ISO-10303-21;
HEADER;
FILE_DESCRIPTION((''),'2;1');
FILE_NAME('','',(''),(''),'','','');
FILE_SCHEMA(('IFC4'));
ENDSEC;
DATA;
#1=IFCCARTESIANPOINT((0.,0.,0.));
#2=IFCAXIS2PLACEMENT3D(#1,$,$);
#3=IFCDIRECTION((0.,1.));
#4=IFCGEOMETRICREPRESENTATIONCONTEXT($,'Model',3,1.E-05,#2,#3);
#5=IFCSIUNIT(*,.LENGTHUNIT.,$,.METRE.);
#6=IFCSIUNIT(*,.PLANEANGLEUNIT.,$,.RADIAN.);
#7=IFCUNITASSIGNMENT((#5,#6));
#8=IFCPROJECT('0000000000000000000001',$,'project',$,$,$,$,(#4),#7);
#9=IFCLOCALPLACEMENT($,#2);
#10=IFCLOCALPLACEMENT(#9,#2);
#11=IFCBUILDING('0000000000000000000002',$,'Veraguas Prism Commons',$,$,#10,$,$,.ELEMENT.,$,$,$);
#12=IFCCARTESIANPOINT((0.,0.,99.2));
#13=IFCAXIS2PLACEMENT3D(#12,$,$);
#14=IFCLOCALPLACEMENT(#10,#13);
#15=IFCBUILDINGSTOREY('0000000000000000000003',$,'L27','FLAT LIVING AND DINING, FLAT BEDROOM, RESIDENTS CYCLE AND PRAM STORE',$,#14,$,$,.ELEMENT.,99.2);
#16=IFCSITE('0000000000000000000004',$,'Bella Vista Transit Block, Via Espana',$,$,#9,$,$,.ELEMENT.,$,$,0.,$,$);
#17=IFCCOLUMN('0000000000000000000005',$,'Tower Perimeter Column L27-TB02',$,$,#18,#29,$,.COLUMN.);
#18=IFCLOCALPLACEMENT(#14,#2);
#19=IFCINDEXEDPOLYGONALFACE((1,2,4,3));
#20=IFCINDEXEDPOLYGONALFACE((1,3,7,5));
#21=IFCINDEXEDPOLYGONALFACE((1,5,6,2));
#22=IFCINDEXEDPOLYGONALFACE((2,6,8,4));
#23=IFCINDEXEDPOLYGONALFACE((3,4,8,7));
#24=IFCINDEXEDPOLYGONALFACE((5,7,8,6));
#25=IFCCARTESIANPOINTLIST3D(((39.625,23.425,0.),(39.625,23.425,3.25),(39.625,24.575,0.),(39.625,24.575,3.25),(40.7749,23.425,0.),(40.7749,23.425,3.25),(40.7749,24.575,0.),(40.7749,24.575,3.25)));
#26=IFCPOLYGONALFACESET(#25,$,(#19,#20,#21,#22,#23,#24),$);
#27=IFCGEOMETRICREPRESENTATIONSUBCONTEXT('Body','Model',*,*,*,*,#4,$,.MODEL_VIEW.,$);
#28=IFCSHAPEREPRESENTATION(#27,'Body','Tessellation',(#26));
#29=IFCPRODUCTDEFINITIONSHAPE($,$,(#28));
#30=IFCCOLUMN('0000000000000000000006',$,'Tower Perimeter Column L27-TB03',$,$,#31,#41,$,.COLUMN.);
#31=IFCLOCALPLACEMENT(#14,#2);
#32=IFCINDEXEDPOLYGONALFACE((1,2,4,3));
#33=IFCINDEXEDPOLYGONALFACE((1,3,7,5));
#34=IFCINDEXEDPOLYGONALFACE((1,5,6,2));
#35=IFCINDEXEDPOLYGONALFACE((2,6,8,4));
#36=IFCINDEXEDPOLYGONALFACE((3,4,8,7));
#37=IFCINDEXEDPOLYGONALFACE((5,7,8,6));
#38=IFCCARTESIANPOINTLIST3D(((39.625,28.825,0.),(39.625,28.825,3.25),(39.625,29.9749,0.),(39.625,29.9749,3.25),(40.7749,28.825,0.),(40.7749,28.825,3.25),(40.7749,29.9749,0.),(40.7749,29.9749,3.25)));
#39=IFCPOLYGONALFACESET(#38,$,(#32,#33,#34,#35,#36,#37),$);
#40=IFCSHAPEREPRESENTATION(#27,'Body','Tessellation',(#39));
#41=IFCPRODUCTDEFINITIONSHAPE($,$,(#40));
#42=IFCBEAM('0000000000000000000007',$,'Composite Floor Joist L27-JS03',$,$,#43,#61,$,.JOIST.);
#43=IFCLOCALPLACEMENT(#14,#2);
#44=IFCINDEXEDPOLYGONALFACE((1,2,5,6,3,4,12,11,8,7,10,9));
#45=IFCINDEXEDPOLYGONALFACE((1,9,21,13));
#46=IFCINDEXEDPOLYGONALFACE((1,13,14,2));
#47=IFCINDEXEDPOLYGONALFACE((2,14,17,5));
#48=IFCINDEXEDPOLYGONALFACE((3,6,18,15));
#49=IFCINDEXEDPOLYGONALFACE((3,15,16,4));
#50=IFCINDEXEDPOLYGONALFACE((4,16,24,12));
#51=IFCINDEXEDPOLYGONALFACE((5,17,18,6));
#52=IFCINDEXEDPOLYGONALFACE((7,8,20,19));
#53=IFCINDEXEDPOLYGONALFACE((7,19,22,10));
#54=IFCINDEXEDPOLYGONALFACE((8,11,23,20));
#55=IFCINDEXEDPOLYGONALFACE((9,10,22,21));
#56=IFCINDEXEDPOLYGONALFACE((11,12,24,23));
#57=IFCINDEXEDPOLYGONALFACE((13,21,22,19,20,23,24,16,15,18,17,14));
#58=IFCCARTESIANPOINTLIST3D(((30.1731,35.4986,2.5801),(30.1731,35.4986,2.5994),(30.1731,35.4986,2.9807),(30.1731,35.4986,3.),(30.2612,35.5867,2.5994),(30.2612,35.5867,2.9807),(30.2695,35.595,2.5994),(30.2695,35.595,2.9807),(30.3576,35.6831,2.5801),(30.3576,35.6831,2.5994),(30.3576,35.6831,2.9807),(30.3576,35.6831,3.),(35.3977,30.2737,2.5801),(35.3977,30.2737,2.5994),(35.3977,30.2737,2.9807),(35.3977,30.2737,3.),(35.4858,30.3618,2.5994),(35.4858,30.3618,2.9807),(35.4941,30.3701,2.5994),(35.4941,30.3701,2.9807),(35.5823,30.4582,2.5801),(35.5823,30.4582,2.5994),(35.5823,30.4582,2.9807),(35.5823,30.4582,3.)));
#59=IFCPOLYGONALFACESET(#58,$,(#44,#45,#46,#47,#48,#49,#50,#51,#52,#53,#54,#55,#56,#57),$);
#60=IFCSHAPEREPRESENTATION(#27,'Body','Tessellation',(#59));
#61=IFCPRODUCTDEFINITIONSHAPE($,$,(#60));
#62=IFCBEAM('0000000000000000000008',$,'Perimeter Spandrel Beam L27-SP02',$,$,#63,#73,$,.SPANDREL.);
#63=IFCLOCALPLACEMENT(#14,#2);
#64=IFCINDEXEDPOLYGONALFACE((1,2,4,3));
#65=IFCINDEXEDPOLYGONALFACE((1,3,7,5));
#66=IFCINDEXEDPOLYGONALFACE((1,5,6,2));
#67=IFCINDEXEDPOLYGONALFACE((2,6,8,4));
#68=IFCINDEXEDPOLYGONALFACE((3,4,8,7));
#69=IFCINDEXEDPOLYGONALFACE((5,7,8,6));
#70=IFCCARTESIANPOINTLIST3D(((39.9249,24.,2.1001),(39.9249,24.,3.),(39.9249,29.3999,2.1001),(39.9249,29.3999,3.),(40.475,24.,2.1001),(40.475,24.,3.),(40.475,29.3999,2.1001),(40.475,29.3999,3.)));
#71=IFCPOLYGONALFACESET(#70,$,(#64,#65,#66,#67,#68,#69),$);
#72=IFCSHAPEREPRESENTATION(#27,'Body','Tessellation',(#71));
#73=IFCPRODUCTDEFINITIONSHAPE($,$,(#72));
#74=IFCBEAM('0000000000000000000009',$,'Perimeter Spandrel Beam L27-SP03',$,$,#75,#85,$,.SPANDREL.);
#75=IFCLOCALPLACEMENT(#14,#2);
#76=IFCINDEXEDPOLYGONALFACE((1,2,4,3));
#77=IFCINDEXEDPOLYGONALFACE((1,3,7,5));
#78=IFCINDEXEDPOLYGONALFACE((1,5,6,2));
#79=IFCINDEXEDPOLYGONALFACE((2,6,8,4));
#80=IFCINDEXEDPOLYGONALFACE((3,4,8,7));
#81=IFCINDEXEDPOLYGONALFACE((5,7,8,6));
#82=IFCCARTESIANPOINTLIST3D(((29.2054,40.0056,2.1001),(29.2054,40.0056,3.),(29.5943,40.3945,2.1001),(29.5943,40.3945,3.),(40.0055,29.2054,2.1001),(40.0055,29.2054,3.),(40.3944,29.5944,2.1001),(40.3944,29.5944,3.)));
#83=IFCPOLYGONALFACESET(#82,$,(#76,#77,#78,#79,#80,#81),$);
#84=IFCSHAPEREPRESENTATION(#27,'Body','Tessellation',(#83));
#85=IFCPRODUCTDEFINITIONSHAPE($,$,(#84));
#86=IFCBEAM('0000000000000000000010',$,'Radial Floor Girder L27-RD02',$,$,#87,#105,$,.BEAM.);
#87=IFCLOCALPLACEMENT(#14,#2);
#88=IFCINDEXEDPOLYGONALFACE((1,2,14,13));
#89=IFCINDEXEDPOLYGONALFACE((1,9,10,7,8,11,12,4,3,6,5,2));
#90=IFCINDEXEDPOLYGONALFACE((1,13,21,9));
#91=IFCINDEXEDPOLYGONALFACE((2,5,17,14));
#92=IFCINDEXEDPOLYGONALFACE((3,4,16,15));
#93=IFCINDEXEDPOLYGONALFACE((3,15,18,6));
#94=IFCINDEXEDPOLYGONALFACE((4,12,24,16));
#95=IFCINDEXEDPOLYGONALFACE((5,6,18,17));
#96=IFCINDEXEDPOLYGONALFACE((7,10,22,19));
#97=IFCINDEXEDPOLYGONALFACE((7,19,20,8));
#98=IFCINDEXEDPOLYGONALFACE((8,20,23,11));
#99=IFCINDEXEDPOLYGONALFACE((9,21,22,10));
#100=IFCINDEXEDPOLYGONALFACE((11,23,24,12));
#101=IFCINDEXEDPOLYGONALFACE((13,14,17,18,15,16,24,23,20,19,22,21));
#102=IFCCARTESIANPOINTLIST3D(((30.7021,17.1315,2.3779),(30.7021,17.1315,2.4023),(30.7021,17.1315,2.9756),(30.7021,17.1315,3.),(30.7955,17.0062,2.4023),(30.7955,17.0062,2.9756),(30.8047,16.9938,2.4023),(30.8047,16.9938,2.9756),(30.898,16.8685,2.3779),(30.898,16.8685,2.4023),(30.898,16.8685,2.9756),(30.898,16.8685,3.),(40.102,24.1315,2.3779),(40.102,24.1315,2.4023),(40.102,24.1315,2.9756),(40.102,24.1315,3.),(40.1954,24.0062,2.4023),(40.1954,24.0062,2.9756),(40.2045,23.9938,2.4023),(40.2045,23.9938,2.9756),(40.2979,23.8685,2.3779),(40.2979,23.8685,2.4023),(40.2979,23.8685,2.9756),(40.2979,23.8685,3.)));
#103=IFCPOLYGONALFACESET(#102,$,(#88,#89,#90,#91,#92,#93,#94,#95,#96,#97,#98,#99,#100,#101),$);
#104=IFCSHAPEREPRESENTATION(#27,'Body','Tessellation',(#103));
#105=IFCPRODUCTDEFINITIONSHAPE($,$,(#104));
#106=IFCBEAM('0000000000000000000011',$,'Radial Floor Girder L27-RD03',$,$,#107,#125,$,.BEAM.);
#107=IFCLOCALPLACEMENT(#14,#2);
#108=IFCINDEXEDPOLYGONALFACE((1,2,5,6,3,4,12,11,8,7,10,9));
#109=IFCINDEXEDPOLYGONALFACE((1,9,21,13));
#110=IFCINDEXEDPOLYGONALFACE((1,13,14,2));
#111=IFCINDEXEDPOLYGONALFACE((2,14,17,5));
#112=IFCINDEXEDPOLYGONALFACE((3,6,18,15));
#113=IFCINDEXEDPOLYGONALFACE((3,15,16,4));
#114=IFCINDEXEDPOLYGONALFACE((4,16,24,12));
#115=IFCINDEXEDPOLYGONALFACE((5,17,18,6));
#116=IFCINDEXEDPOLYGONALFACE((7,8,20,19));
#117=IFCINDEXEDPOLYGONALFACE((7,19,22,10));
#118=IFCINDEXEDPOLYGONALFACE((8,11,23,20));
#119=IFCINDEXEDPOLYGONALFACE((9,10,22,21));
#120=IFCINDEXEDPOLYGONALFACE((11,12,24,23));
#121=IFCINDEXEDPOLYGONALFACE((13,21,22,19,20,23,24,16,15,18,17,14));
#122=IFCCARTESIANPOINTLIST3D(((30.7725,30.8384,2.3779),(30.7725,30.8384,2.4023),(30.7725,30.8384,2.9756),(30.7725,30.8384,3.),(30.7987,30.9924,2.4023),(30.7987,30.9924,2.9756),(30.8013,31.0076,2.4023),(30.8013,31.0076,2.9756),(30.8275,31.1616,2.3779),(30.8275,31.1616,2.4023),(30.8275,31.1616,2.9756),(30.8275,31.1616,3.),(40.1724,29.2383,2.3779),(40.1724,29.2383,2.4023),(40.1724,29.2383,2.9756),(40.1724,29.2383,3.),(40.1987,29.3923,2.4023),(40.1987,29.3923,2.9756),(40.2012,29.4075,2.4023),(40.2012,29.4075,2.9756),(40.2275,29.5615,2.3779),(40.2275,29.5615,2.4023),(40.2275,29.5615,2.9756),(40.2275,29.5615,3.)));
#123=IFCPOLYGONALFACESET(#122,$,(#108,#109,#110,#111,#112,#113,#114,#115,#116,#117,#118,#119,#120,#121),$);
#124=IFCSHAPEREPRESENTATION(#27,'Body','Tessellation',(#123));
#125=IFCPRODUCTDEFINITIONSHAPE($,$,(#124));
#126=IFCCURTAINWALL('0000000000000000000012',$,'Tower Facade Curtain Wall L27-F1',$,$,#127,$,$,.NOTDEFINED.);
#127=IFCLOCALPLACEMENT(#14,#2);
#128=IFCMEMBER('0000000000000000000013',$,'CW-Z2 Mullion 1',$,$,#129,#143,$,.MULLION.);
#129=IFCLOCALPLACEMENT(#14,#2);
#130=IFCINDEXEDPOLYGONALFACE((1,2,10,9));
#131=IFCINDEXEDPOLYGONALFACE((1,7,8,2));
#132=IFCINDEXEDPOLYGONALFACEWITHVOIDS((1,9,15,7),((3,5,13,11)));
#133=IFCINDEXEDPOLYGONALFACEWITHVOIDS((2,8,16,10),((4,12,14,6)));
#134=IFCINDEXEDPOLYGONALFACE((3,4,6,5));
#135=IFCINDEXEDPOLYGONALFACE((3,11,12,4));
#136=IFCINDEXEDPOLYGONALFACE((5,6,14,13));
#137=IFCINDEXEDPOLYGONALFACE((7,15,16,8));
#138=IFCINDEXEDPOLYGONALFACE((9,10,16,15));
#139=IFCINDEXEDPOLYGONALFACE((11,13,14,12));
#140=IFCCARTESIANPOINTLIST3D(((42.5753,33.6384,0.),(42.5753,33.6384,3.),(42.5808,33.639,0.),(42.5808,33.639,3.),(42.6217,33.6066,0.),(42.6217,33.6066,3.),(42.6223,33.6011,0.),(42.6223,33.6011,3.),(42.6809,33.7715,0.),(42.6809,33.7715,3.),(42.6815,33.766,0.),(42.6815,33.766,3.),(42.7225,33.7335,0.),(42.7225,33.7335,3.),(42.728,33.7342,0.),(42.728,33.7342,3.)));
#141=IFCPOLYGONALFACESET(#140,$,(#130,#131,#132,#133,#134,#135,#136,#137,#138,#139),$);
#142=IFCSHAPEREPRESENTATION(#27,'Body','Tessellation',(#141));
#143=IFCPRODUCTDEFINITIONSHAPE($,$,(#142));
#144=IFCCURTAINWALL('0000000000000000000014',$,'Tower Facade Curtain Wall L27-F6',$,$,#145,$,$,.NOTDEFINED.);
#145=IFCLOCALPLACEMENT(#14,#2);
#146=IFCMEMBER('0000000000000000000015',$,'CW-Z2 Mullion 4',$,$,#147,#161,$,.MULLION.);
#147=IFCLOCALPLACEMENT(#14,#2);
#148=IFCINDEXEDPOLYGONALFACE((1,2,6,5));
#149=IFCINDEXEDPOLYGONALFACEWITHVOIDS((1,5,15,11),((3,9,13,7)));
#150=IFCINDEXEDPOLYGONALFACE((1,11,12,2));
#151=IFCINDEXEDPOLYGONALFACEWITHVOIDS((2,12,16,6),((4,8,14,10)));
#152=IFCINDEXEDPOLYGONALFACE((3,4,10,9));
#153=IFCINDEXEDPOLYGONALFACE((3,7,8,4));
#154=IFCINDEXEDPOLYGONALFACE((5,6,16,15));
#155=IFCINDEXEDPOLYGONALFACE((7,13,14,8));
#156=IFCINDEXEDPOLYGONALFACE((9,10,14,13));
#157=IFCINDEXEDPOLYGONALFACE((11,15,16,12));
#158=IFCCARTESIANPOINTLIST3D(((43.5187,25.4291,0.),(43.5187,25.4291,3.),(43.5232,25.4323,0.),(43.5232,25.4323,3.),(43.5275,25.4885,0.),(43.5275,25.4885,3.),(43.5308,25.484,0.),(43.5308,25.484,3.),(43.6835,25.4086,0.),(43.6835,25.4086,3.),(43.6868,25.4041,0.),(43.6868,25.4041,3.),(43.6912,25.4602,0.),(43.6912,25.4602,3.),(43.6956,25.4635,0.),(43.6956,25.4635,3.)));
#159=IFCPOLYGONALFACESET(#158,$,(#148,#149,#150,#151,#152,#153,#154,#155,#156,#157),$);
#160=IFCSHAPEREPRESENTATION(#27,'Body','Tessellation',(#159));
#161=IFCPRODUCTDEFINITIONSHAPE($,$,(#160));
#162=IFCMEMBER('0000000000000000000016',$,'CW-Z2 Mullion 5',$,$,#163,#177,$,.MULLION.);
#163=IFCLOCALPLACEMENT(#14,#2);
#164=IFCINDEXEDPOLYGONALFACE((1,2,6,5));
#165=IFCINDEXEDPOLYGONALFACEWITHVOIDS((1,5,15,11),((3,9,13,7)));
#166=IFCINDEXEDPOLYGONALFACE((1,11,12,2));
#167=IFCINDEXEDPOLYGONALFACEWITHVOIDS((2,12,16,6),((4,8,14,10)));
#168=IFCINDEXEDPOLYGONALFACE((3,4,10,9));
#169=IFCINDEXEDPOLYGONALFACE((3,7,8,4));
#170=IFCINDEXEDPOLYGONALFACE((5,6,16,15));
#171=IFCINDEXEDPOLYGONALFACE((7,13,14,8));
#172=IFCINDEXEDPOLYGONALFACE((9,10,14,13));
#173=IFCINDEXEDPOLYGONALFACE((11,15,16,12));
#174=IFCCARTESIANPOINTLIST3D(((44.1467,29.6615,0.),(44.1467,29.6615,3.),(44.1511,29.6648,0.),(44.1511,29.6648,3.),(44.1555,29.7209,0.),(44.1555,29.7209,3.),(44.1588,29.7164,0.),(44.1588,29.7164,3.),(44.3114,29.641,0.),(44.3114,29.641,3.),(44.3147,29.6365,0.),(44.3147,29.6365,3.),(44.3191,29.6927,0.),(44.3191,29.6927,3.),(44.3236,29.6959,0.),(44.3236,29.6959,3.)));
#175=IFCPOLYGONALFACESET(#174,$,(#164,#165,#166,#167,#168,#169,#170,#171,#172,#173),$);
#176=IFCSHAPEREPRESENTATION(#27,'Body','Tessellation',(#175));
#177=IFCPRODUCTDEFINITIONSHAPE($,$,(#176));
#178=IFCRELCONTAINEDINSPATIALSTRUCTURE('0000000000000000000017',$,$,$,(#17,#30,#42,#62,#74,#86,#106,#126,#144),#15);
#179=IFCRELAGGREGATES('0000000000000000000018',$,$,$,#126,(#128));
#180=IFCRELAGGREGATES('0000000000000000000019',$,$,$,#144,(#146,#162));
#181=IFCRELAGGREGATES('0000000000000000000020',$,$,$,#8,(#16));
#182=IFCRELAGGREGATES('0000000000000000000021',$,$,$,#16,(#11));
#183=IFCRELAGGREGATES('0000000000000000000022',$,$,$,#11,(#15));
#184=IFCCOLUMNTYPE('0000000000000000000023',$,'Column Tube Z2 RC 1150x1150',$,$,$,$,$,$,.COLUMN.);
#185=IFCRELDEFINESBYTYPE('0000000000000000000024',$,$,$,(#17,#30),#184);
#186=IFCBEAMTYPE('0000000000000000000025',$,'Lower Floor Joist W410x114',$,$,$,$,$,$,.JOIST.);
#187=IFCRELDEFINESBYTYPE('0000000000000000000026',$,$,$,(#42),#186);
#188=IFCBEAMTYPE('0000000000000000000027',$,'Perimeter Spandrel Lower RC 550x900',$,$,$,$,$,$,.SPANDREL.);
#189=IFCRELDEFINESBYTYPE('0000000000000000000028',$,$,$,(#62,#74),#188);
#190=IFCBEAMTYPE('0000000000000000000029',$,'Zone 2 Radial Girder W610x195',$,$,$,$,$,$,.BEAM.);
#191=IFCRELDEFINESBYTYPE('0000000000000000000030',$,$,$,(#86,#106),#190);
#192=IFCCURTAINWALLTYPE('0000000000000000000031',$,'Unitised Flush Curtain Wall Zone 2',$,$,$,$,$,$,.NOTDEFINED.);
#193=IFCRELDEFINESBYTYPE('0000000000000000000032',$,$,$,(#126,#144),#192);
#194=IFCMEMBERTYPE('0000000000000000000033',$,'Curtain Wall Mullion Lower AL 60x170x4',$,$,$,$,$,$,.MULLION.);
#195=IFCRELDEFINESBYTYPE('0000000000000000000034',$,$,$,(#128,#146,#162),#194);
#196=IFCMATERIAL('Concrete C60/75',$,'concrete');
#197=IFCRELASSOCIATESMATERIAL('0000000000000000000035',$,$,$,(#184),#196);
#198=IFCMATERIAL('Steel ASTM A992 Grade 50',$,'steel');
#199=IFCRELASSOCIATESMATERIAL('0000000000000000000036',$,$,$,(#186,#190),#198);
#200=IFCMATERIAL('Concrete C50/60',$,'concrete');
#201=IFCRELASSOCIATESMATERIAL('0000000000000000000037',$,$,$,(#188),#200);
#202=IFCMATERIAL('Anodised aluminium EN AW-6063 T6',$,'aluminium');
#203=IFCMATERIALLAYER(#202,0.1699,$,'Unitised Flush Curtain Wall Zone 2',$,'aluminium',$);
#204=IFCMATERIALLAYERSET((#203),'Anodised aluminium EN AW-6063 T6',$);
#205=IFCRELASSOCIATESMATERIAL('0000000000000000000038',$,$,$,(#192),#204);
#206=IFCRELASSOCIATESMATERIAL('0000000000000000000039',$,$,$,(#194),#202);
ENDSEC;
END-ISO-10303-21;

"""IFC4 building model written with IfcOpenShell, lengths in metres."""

from ifc_helpers import new_model, si_unit, direction, frame, origin, origin_2d, place, context, subcontext, project, spatial, rectangle, hollow_rectangle, i_section, extrude, source, transform, mapped, material, layer, layer_set, material_profile, profile_set, type_object, element, aggregate, save


model = new_model("IFC4")

# Units and contexts
model_context = context("Model", 3, precision=1e-05, world=origin(), true_north=direction((0.0, 1.0)))
body_context = subcontext(model_context, "Body", "Model", "MODEL_VIEW")
ifc_project = project(units=[si_unit("LENGTHUNIT", "METRE"), si_unit("PLANEANGLEUNIT", "RADIAN")], contexts=[model_context])

# Site, building, storey
site_placement = place(None, origin())
site = spatial("IfcSite", under=ifc_project, at=site_placement, Name="Bella Vista Transit Block, Via Espana", CompositionType="ELEMENT", RefElevation=0.0)
building_placement = place(site_placement, origin())
building = spatial("IfcBuilding", under=site, at=building_placement, Name="Veraguas Prism Commons", CompositionType="ELEMENT")
storey_placement = place(building_placement, frame((0.0, 0.0, 99.2)))
storey = spatial("IfcBuildingStorey", under=building, at=storey_placement, Name="L27", Description="FLAT LIVING AND DINING, FLAT BEDROOM, RESIDENTS CYCLE AND PRAM STORE", CompositionType="ELEMENT", Elevation=99.2)

# Columns
ifc_material_1 = material(Name="Concrete C60/75", Category="concrete")
ifc_material_profile_1 = material_profile(ifc_material_1, rectangle(XDim=1.1499, YDim=1.1499, at=origin_2d()), Name="RC1150X1150")
ifc_profile_set_1 = profile_set([ifc_material_profile_1], Name="Concrete C60/75")
column_type = type_object("IfcColumnType", Name="Column Tube Z2 RC 1150x1150", PredefinedType="COLUMN", material=ifc_profile_set_1)
for number, where, z_axis, x_axis, name in (
    (1, (40.2, 24.0, 0.0), (0.0, 0.0, 1.0), (1.0, 0.0, 0.0), "Tower Perimeter Column L27-TB02"),
    (2, (40.2, 29.3999, 0.0), (0.0, 0.0, 1.0), (1.0, 0.0, 0.0), "Tower Perimeter Column L27-TB03"),
):
    element("IfcColumn", number, at=place(storey_placement, frame(where, z_axis=z_axis, x_axis=x_axis)), inside=storey, type_object=column_type, Name=name, PredefinedType="COLUMN", context=body_context, shape_type="SweptSolid", body=[
        extrude(rectangle(XDim=1.1499, YDim=1.1499, at=origin_2d()), origin(), (0.0, 0.0, 1.0), 3.25),
    ])

# Beams
ifc_material_2 = material(Name="Steel ASTM A992 Grade 50", Category="steel")
ifc_material_profile_2 = material_profile(ifc_material_2, i_section(OverallWidth=0.261, OverallDepth=0.4199, WebThickness=0.0117, FlangeThickness=0.0193, at=origin_2d()), Name="W410X114")
ifc_profile_set_2 = profile_set([ifc_material_profile_2], Name="Steel ASTM A992 Grade 50")
beam_type_1 = type_object("IfcBeamType", Name="Lower Floor Joist W410x114", PredefinedType="JOIST", material=ifc_profile_set_2)
beam_1_placement = place(storey_placement, frame((35.49, 30.366, 2.79), z_axis=(-0.70709, 0.707123, 0.0), x_axis=(-0.707123, -0.70709, 0.0)))
element("IfcBeam", 3, at=beam_1_placement, inside=storey, type_object=beam_type_1, Name="Composite Floor Joist L27-JS03", PredefinedType="JOIST", context=body_context, shape_type="SweptSolid", body=[
    extrude(i_section(OverallWidth=0.261, OverallDepth=0.4199, WebThickness=0.0117, FlangeThickness=0.0193, at=origin_2d()), origin(), (0.0, 0.0, 1.0), 7.3889),
])
ifc_material_3 = material(Name="Concrete C50/60", Category="concrete")
ifc_material_profile_3 = material_profile(ifc_material_3, rectangle(XDim=0.55, YDim=0.8999, at=origin_2d()), Name="RC550X900")
ifc_profile_set_3 = profile_set([ifc_material_profile_3], Name="Concrete C50/60")
beam_type_2 = type_object("IfcBeamType", Name="Perimeter Spandrel Lower RC 550x900", PredefinedType="SPANDREL", material=ifc_profile_set_3)
beam_2_placement = place(storey_placement, frame((40.2, 24.0, 2.55), z_axis=(0.0, 1.0, 0.0), x_axis=(-1.0, 0.0, 0.0)))
element("IfcBeam", 4, at=beam_2_placement, inside=storey, type_object=beam_type_2, Name="Perimeter Spandrel Beam L27-SP02", PredefinedType="SPANDREL", context=body_context, shape_type="SweptSolid", body=[
    extrude(rectangle(XDim=0.55, YDim=0.8999, at=origin_2d()), origin(), (0.0, 0.0, 1.0), 5.3999),
])
beam_3_placement = place(storey_placement, frame((40.2, 29.3999, 2.55), z_axis=(-0.707107, 0.707107, 0.0), x_axis=(-0.707107, -0.707107, 0.0)))
element("IfcBeam", 5, at=beam_3_placement, inside=storey, type_object=beam_type_2, Name="Perimeter Spandrel Beam L27-SP03", PredefinedType="SPANDREL", context=body_context, shape_type="SweptSolid", body=[
    extrude(rectangle(XDim=0.55, YDim=0.8999, at=origin_2d()), origin(), (0.0, 0.0, 1.0), 15.2737),
])
ifc_material_profile_4 = material_profile(ifc_material_2, i_section(OverallWidth=0.3279, OverallDepth=0.6221, WebThickness=0.0154, FlangeThickness=0.0244, at=origin_2d()), Name="W610X195")
ifc_profile_set_4 = profile_set([ifc_material_profile_4], Name="Steel ASTM A992 Grade 50")
beam_type_3 = type_object("IfcBeamType", Name="Zone 2 Radial Girder W610x195", PredefinedType="BEAM", material=ifc_profile_set_4)
beam_4_placement = place(storey_placement, frame((40.2, 24.0, 2.689), z_axis=(-0.80204, -0.59727, 0.0), x_axis=(0.59727, -0.80204, 0.0)))
element("IfcBeam", 6, at=beam_4_placement, inside=storey, type_object=beam_type_3, Name="Radial Floor Girder L27-RD02", PredefinedType="BEAM", context=body_context, shape_type="SweptSolid", body=[
    extrude(i_section(OverallWidth=0.3279, OverallDepth=0.6221, WebThickness=0.0154, FlangeThickness=0.0244, at=origin_2d()), origin(), (0.0, 0.0, 1.0), 11.72),
])
beam_5_placement = place(storey_placement, frame((40.2, 29.3999, 2.689), z_axis=(-0.985819, 0.167811, 0.0), x_axis=(-0.167811, -0.985819, 0.0)))
element("IfcBeam", 7, at=beam_5_placement, inside=storey, type_object=beam_type_3, Name="Radial Floor Girder L27-RD03", PredefinedType="BEAM", context=body_context, shape_type="SweptSolid", body=[
    extrude(i_section(OverallWidth=0.3279, OverallDepth=0.6221, WebThickness=0.0154, FlangeThickness=0.0244, at=origin_2d()), origin(), (0.0, 0.0, 1.0), 9.5352),
])

# Curtain wall, member
ifc_material_4 = material(Name="Anodised aluminium EN AW-6063 T6", Category="aluminium")
ifc_layer_1 = layer(ifc_material_4, 0.1699, Name="Unitised Flush Curtain Wall Zone 2", Category="aluminium")
ifc_layer_set_1 = layer_set([ifc_layer_1], Name="Anodised aluminium EN AW-6063 T6")
curtain_wall_type = type_object("IfcCurtainWallType", Name="Unitised Flush Curtain Wall Zone 2", PredefinedType="NOTDEFINED", material=ifc_layer_set_1)
curtain_wall_1_placement = place(storey_placement, origin())
curtain_wall_1 = element("IfcCurtainWall", 8, at=curtain_wall_1_placement, inside=storey, type_object=curtain_wall_type, Name="Tower Facade Curtain Wall L27-F1", PredefinedType="NOTDEFINED")
ifc_material_profile_5 = material_profile(ifc_material_4, hollow_rectangle(XDim=0.0601, YDim=0.1699, WallThickness=0.0039, at=origin_2d()), Name="AL60X170X4")
ifc_profile_set_5 = profile_set([ifc_material_profile_5], Name="Anodised aluminium EN AW-6063 T6")
member_type = type_object("IfcMemberType", Name="Curtain Wall Mullion Lower AL 60x170x4", PredefinedType="MULLION", material=ifc_profile_set_5)
shared_shape_1 = source(origin(), body_context, "Body", "SweptSolid", [
    extrude(hollow_rectangle(XDim=0.0601, YDim=0.1699, WallThickness=0.0039, at=origin_2d()), origin(), (0.0, 0.0, 1.0), 3.0),
])
member_1_placement = place(storey_placement, frame((42.6516, 33.6863, 0.0), z_axis=(0.0, 0.0, 1.0), x_axis=(-0.783261, 0.621693, 0.0)))
member_1 = element("IfcMember", 9, at=member_1_placement, type_object=member_type, Name="CW-Z2 Mullion 1", PredefinedType="MULLION", context=body_context, shape_type="MappedRepresentation", body=[
    mapped(shared_shape_1, transform((0.0, 0.0, 0.0), scale=1.0)),
])
aggregate(curtain_wall_1, [member_1])

# Curtain wall, members
curtain_wall_2_placement = place(storey_placement, origin())
curtain_wall_2 = element("IfcCurtainWall", 10, at=curtain_wall_2_placement, inside=storey, type_object=curtain_wall_type, Name="Tower Facade Curtain Wall L27-F6", PredefinedType="NOTDEFINED")
member_2_placement = place(storey_placement, frame((43.6072, 25.4463, 0.0), z_axis=(0.0, 0.0, 1.0), x_axis=(0.146777, 0.98917, 0.0)))
member_2 = element("IfcMember", 11, at=member_2_placement, type_object=member_type, Name="CW-Z2 Mullion 4", PredefinedType="MULLION", context=body_context, shape_type="MappedRepresentation", body=[
    mapped(shared_shape_1, transform((0.0, 0.0, 0.0), scale=1.0)),
])
member_3_placement = place(storey_placement, frame((44.2351, 29.6787, 0.0), z_axis=(0.0, 0.0, 1.0), x_axis=(0.146777, 0.98917, 0.0)))
member_3 = element("IfcMember", 12, at=member_3_placement, type_object=member_type, Name="CW-Z2 Mullion 5", PredefinedType="MULLION", context=body_context, shape_type="MappedRepresentation", body=[
    mapped(shared_shape_1, transform((0.0, 0.0, 0.0), scale=1.0)),
])
aggregate(curtain_wall_2, [member_2, member_3])

save(model, "model.ifc")
